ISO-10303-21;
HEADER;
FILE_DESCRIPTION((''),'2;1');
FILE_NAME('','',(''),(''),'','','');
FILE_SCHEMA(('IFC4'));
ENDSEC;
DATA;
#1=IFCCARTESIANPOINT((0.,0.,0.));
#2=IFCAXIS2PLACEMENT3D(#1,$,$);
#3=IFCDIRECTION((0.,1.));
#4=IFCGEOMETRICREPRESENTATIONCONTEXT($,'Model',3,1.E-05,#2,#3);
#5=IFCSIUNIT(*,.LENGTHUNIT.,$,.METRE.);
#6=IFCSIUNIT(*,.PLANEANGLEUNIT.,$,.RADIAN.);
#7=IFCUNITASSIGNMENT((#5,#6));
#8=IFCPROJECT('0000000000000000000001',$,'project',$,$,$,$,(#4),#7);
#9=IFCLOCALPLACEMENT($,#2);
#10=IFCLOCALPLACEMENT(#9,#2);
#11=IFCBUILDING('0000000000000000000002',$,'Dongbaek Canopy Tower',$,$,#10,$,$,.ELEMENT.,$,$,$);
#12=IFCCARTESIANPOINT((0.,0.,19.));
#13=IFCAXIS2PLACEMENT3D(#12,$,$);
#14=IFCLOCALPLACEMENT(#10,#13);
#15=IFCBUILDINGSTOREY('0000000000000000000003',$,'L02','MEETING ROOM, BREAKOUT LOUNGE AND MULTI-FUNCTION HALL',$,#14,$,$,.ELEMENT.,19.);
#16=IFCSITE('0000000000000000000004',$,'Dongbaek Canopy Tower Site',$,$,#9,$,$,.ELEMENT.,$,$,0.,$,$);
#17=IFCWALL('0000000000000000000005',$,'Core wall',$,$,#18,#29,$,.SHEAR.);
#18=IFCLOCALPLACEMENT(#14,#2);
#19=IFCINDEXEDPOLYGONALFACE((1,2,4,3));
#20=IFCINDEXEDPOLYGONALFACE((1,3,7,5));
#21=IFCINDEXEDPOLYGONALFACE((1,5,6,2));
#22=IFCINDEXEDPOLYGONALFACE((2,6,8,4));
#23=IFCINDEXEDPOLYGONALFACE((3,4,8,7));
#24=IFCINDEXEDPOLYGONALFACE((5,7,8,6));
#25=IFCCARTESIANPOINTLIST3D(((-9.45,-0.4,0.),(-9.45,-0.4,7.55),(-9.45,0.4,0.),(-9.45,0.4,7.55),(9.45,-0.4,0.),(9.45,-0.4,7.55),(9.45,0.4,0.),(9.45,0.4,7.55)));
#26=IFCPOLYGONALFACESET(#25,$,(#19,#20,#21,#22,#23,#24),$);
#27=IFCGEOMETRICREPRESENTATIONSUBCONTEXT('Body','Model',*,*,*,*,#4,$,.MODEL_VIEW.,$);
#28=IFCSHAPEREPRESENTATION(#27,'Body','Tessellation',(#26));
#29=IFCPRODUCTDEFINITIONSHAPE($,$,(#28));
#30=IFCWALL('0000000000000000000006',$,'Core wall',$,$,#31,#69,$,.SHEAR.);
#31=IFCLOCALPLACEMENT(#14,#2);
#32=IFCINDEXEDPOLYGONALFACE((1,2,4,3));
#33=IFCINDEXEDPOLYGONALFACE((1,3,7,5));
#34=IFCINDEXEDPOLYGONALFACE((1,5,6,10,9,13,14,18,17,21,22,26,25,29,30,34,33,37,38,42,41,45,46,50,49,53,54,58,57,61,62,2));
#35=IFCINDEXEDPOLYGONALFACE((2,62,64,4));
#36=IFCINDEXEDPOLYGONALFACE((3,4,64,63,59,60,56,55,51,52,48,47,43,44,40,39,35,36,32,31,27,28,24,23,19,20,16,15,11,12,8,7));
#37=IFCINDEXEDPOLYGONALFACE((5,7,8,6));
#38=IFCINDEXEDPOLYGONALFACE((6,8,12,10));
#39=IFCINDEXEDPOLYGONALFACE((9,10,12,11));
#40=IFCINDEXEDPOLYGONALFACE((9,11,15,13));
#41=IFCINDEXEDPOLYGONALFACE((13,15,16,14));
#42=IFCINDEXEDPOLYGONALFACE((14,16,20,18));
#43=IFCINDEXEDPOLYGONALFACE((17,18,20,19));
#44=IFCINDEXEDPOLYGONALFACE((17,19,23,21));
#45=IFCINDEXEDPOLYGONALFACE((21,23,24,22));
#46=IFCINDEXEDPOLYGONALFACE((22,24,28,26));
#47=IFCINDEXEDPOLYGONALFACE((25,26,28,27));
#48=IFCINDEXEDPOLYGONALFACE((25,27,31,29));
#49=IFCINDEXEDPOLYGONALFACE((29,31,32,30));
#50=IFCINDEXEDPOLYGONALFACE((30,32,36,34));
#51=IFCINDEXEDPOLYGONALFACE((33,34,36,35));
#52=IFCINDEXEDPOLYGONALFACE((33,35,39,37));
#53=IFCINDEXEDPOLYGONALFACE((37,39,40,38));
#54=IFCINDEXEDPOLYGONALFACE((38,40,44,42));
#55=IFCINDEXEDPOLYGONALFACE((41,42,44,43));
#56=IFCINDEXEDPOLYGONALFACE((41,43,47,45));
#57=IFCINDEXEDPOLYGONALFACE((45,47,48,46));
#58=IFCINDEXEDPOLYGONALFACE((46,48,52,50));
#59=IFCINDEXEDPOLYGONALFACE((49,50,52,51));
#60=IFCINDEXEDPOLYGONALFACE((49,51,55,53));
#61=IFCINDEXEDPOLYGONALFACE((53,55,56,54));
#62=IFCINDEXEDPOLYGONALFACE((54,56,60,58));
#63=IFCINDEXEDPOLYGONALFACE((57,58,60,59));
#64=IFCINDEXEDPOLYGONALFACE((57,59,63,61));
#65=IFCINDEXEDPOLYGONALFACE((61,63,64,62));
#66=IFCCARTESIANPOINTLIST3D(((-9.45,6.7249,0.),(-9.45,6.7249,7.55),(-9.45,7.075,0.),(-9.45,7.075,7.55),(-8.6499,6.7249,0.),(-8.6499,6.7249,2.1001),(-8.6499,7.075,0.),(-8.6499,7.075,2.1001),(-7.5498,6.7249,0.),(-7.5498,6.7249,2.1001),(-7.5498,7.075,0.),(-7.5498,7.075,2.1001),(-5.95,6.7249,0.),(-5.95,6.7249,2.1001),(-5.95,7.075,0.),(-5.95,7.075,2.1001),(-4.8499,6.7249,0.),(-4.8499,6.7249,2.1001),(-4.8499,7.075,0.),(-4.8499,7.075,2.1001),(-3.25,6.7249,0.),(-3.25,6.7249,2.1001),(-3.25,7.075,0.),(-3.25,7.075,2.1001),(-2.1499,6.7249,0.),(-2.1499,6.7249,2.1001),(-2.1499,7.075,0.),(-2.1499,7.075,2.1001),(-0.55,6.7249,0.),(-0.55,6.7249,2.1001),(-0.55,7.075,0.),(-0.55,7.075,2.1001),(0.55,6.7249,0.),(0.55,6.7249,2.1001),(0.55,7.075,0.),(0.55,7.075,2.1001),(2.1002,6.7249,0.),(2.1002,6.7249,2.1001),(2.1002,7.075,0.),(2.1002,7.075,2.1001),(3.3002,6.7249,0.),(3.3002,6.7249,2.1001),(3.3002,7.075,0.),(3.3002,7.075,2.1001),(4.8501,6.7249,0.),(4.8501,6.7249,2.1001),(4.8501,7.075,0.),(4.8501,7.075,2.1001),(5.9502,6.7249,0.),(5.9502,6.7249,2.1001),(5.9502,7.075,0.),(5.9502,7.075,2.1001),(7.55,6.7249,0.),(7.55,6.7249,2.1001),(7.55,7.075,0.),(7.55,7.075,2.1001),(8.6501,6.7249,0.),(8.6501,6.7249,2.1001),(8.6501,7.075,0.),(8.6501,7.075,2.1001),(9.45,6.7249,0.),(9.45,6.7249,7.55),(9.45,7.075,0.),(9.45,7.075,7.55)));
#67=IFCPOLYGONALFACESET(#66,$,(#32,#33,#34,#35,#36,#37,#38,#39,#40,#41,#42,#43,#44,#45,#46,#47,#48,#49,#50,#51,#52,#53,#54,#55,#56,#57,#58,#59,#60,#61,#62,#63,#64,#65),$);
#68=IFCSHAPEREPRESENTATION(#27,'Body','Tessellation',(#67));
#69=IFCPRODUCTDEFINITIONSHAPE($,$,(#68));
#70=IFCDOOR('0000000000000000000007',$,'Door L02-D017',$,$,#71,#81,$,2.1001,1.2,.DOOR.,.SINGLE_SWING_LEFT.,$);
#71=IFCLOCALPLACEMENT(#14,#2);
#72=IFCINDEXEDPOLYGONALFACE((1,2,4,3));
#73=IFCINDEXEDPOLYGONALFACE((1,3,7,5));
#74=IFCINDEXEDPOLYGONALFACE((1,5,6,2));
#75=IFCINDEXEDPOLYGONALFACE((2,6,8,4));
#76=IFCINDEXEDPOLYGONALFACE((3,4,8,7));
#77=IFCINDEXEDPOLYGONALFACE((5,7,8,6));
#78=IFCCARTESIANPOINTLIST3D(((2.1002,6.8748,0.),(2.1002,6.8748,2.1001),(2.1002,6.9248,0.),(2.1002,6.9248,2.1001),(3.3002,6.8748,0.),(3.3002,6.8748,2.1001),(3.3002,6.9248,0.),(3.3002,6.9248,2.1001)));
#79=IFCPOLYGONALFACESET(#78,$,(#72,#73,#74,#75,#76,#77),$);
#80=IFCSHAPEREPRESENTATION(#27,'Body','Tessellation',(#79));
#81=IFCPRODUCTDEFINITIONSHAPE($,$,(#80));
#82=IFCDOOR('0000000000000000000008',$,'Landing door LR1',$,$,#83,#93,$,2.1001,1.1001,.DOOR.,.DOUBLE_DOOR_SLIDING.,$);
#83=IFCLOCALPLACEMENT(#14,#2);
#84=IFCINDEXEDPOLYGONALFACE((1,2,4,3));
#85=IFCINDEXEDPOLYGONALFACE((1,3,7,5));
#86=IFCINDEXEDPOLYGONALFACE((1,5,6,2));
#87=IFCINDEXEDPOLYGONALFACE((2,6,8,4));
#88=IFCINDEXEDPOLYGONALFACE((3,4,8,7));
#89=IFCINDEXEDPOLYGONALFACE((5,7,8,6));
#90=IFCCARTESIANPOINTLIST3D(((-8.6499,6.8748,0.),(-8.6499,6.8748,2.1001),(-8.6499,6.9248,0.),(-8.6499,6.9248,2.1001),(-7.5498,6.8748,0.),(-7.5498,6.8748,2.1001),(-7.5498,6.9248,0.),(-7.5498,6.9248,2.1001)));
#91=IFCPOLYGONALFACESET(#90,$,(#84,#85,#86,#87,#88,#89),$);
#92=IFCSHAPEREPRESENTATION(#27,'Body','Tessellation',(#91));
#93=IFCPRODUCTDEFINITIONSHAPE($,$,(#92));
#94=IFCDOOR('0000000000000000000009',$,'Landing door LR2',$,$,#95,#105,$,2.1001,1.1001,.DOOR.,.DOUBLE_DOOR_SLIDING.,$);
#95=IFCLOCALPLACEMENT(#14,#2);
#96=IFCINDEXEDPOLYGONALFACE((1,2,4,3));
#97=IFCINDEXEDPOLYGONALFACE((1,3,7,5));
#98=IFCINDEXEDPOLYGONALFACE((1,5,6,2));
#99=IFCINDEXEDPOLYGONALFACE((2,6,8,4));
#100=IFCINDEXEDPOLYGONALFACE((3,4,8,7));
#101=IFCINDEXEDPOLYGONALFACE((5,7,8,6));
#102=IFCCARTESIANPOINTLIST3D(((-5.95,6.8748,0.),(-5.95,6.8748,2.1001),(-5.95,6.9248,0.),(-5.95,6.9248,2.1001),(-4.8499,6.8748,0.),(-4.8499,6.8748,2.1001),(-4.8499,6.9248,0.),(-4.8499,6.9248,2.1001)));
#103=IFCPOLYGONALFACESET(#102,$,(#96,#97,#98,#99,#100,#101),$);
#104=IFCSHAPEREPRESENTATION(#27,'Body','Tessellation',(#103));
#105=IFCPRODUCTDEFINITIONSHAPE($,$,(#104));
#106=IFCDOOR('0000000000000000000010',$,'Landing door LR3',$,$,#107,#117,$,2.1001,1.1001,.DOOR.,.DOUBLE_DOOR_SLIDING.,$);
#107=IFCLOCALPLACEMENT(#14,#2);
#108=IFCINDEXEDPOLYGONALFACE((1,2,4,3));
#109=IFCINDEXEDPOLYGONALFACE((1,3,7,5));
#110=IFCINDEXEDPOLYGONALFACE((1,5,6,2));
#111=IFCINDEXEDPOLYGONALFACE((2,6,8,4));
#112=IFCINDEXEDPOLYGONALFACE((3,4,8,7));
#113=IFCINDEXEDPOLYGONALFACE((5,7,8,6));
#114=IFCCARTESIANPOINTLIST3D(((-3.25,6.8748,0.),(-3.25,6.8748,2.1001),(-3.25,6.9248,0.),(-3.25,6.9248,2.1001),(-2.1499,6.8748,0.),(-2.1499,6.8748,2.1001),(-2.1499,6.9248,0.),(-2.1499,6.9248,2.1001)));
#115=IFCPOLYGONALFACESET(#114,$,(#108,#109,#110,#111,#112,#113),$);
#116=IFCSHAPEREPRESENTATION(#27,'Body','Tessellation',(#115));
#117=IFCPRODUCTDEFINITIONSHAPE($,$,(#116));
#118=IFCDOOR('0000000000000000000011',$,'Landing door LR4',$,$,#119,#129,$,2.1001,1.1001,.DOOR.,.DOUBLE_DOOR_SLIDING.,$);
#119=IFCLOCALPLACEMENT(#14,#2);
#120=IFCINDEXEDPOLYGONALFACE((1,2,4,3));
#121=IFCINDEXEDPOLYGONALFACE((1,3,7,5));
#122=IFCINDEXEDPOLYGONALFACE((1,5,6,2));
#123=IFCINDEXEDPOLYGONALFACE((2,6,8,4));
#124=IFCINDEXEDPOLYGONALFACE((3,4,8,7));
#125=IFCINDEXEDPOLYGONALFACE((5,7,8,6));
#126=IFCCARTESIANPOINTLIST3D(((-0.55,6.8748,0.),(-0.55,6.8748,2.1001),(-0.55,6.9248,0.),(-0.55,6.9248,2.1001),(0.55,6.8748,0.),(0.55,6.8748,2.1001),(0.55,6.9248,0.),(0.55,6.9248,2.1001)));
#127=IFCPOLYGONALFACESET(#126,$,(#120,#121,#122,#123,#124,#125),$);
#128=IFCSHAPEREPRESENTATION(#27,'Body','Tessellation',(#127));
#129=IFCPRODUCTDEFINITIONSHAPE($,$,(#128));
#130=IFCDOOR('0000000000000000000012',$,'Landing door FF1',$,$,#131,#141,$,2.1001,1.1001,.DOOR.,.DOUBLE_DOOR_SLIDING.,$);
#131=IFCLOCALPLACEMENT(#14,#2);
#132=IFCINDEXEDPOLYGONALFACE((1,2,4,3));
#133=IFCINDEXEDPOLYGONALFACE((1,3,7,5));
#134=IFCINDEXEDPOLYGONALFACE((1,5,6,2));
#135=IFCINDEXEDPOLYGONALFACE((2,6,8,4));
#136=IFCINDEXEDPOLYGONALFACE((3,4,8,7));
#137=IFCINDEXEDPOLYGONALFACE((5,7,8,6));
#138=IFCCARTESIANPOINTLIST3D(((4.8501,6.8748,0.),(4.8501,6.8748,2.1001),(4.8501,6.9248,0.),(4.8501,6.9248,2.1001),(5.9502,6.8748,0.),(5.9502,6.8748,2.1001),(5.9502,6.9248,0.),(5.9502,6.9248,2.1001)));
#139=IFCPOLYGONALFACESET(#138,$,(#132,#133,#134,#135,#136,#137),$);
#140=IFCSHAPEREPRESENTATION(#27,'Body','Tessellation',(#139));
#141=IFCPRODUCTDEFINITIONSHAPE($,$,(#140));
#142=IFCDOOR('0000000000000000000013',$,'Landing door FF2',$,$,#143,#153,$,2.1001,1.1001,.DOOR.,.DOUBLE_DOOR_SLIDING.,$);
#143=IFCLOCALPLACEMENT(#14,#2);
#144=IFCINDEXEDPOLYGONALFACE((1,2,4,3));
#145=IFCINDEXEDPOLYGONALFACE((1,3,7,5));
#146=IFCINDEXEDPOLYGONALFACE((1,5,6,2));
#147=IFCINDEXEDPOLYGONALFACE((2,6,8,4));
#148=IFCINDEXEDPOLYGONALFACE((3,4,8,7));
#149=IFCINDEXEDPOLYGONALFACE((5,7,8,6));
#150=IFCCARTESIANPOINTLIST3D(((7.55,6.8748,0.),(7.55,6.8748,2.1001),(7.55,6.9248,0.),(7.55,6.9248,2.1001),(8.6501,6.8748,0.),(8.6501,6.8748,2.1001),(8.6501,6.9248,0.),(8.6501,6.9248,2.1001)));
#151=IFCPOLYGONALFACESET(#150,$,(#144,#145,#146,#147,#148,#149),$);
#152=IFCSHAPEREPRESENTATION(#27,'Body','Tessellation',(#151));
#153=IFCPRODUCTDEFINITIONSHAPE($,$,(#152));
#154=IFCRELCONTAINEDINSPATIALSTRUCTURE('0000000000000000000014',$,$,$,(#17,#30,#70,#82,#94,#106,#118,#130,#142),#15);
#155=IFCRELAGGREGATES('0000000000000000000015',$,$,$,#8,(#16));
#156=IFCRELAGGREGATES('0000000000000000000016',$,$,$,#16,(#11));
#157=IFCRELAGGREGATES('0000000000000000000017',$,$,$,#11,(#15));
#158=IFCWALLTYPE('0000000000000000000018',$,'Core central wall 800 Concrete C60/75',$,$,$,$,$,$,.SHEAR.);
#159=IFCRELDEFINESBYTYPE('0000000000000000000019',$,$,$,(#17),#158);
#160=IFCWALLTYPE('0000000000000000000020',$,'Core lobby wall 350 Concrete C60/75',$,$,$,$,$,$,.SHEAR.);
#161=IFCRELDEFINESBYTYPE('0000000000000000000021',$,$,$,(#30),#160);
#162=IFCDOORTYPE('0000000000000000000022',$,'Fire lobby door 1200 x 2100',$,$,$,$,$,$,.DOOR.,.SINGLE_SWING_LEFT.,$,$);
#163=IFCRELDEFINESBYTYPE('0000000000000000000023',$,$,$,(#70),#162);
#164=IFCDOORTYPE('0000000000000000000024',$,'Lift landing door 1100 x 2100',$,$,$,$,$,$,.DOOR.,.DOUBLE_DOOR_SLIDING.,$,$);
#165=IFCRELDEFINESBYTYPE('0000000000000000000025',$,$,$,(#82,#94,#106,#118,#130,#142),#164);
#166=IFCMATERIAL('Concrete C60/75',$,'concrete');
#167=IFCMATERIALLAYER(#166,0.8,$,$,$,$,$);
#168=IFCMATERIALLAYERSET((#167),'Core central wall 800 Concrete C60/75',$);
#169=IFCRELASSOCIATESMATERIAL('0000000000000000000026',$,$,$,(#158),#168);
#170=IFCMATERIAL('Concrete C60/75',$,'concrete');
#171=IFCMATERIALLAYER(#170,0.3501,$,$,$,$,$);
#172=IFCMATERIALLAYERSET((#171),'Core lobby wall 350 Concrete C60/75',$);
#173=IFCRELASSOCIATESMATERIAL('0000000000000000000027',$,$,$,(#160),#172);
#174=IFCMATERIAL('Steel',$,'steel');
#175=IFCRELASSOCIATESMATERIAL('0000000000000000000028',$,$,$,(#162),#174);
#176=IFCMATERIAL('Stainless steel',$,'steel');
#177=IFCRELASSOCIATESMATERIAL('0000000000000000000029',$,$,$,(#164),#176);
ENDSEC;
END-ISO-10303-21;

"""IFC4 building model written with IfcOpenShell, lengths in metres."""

from ifc_helpers import new_model, si_unit, direction, frame, frame_2d, origin, place, context, subcontext, project, spatial, rectangle, extrude, material, layer, layer_set, type_object, element, fill, save


model = new_model("IFC4")

# Units and contexts
model_context = context("Model", 3, precision=1e-05, world=origin(), true_north=direction((0.0, 1.0)))
body_context = subcontext(model_context, "Body", "Model", "MODEL_VIEW")
ifc_project = project(units=[si_unit("LENGTHUNIT", "METRE"), si_unit("PLANEANGLEUNIT", "RADIAN")], contexts=[model_context])

# Site, building, storey
site_placement = place(None, origin())
site = spatial("IfcSite", under=ifc_project, at=site_placement, Name="Dongbaek Canopy Tower Site", CompositionType="ELEMENT", RefElevation=0.0)
building_placement = place(site_placement, origin())
building = spatial("IfcBuilding", under=site, at=building_placement, Name="Dongbaek Canopy Tower", CompositionType="ELEMENT")
storey_placement = place(building_placement, frame((0.0, 0.0, 19.0)))
storey = spatial("IfcBuildingStorey", under=building, at=storey_placement, Name="L02", Description="MEETING ROOM, BREAKOUT LOUNGE AND MULTI-FUNCTION HALL", CompositionType="ELEMENT", Elevation=19.0)

# Wall
ifc_material_1 = material(Name="Concrete C60/75", Category="concrete")
ifc_layer_1 = layer(ifc_material_1, 0.8)
ifc_layer_set_1 = layer_set([ifc_layer_1], Name="Core central wall 800 Concrete C60/75")
wall_type_1 = type_object("IfcWallType", Name="Core central wall 800 Concrete C60/75", PredefinedType="SHEAR", material=ifc_layer_set_1)
wall_1_placement = place(storey_placement, frame((-9.45, 0.0, 0.0), z_axis=(0.0, 0.0, 1.0), x_axis=(1.0, 0.0, 0.0)))
element("IfcWall", 1, at=wall_1_placement, inside=storey, type_object=wall_type_1, Name="Core wall", PredefinedType="SHEAR", context=body_context, shape_type="SweptSolid", body=[
    extrude(rectangle(XDim=18.8999, YDim=0.8, at=frame_2d((9.45, 0.0))), origin(), (0.0, 0.0, 1.0), 7.55),
])

# Wall, openings, doors
ifc_material_2 = material(Name="Concrete C60/75", Category="concrete")
ifc_layer_2 = layer(ifc_material_2, 0.3501)
ifc_layer_set_2 = layer_set([ifc_layer_2], Name="Core lobby wall 350 Concrete C60/75")
wall_type_2 = type_object("IfcWallType", Name="Core lobby wall 350 Concrete C60/75", PredefinedType="SHEAR", material=ifc_layer_set_2)
wall_2_placement = place(storey_placement, frame((-9.45, 6.8999, 0.0), z_axis=(0.0, 0.0, 1.0), x_axis=(1.0, 0.0, 0.0)))
wall_2 = element("IfcWall", 2, at=wall_2_placement, inside=storey, type_object=wall_type_2, Name="Core wall", PredefinedType="SHEAR", context=body_context, shape_type="SweptSolid", body=[
    extrude(rectangle(XDim=18.8999, YDim=0.3501, at=frame_2d((9.45, 0.0))), origin(), (0.0, 0.0, 1.0), 7.55),
])
opening_1_placement = place(wall_2_placement, frame((0.8, 0.0, 0.0)))
opening_1 = element("IfcOpeningElement", 3, at=opening_1_placement, cuts=wall_2, PredefinedType="OPENING", context=body_context, shape_type="SweptSolid", body=[
    extrude(rectangle(XDim=1.1001, YDim=2.1001, at=frame_2d((0.55, 1.05))), frame((0.0, 0.1851, 0.0), z_axis=(0.0, -1.0, 0.0), x_axis=(1.0, 0.0, 0.0)), (0.0, 0.0, 1.0), 0.3701),
])
opening_2_placement = place(wall_2_placement, frame((3.5, 0.0, 0.0)))
opening_2 = element("IfcOpeningElement", 4, at=opening_2_placement, cuts=wall_2, PredefinedType="OPENING", context=body_context, shape_type="SweptSolid", body=[
    extrude(rectangle(XDim=1.1001, YDim=2.1001, at=frame_2d((0.55, 1.05))), frame((0.0, 0.1851, 0.0), z_axis=(0.0, -1.0, 0.0), x_axis=(1.0, 0.0, 0.0)), (0.0, 0.0, 1.0), 0.3701),
])
opening_3_placement = place(wall_2_placement, frame((6.2, 0.0, 0.0)))
opening_3 = element("IfcOpeningElement", 5, at=opening_3_placement, cuts=wall_2, PredefinedType="OPENING", context=body_context, shape_type="SweptSolid", body=[
    extrude(rectangle(XDim=1.1001, YDim=2.1001, at=frame_2d((0.55, 1.05))), frame((0.0, 0.1851, 0.0), z_axis=(0.0, -1.0, 0.0), x_axis=(1.0, 0.0, 0.0)), (0.0, 0.0, 1.0), 0.3701),
])
opening_4_placement = place(wall_2_placement, frame((8.8999, 0.0, 0.0)))
opening_4 = element("IfcOpeningElement", 6, at=opening_4_placement, cuts=wall_2, PredefinedType="OPENING", context=body_context, shape_type="SweptSolid", body=[
    extrude(rectangle(XDim=1.1001, YDim=2.1001, at=frame_2d((0.55, 1.05))), frame((0.0, 0.1851, 0.0), z_axis=(0.0, -1.0, 0.0), x_axis=(1.0, 0.0, 0.0)), (0.0, 0.0, 1.0), 0.3701),
])
opening_5_placement = place(wall_2_placement, frame((11.55, 0.0, 0.0)))
opening_5 = element("IfcOpeningElement", 7, at=opening_5_placement, cuts=wall_2, PredefinedType="OPENING", context=body_context, shape_type="SweptSolid", body=[
    extrude(rectangle(XDim=1.2, YDim=2.1001, at=frame_2d((0.6001, 1.05))), frame((0.0, 0.1851, 0.0), z_axis=(0.0, -1.0, 0.0), x_axis=(1.0, 0.0, 0.0)), (0.0, 0.0, 1.0), 0.3701),
])
opening_6_placement = place(wall_2_placement, frame((14.3, 0.0, 0.0)))
opening_6 = element("IfcOpeningElement", 8, at=opening_6_placement, cuts=wall_2, PredefinedType="OPENING", context=body_context, shape_type="SweptSolid", body=[
    extrude(rectangle(XDim=1.1001, YDim=2.1001, at=frame_2d((0.55, 1.05))), frame((0.0, 0.1851, 0.0), z_axis=(0.0, -1.0, 0.0), x_axis=(1.0, 0.0, 0.0)), (0.0, 0.0, 1.0), 0.3701),
])
opening_7_placement = place(wall_2_placement, frame((17.0, 0.0, 0.0)))
opening_7 = element("IfcOpeningElement", 9, at=opening_7_placement, cuts=wall_2, PredefinedType="OPENING", context=body_context, shape_type="SweptSolid", body=[
    extrude(rectangle(XDim=1.1001, YDim=2.1001, at=frame_2d((0.55, 1.05))), frame((0.0, 0.1851, 0.0), z_axis=(0.0, -1.0, 0.0), x_axis=(1.0, 0.0, 0.0)), (0.0, 0.0, 1.0), 0.3701),
])
ifc_material_3 = material(Name="Steel", Category="steel")
door_type_1 = type_object("IfcDoorType", Name="Fire lobby door 1200 x 2100", OperationType="SINGLE_SWING_LEFT", PredefinedType="DOOR", material=ifc_material_3)
door_1_placement = place(opening_5_placement, origin())
door_1 = element("IfcDoor", 10, at=door_1_placement, inside=storey, type_object=door_type_1, Name="Door L02-D017", OperationType="SINGLE_SWING_LEFT", OverallHeight=2.1001, OverallWidth=1.2, PredefinedType="DOOR", context=body_context, shape_type="SweptSolid", body=[
    extrude(rectangle(XDim=1.2, YDim=2.1001, at=frame_2d((0.6001, 1.05))), frame((0.0, 0.0249, 0.0), z_axis=(0.0, -1.0, 0.0), x_axis=(1.0, 0.0, 0.0)), (0.0, 0.0, 1.0), 0.05),
])
fill(opening_5, door_1)
ifc_material_4 = material(Name="Stainless steel", Category="steel")
door_type_2 = type_object("IfcDoorType", Name="Lift landing door 1100 x 2100", OperationType="DOUBLE_DOOR_SLIDING", PredefinedType="DOOR", material=ifc_material_4)
door_2_placement = place(opening_1_placement, origin())
door_2 = element("IfcDoor", 11, at=door_2_placement, inside=storey, type_object=door_type_2, Name="Landing door LR1", OperationType="DOUBLE_DOOR_SLIDING", OverallHeight=2.1001, OverallWidth=1.1001, PredefinedType="DOOR", context=body_context, shape_type="SweptSolid", body=[
    extrude(rectangle(XDim=1.1001, YDim=2.1001, at=frame_2d((0.55, 1.05))), frame((0.0, 0.0249, 0.0), z_axis=(0.0, -1.0, 0.0), x_axis=(1.0, 0.0, 0.0)), (0.0, 0.0, 1.0), 0.05),
])
fill(opening_1, door_2)
door_3_placement = place(opening_2_placement, origin())
door_3 = element("IfcDoor", 12, at=door_3_placement, inside=storey, type_object=door_type_2, Name="Landing door LR2", OperationType="DOUBLE_DOOR_SLIDING", OverallHeight=2.1001, OverallWidth=1.1001, PredefinedType="DOOR", context=body_context, shape_type="SweptSolid", body=[
    extrude(rectangle(XDim=1.1001, YDim=2.1001, at=frame_2d((0.55, 1.05))), frame((0.0, 0.0249, 0.0), z_axis=(0.0, -1.0, 0.0), x_axis=(1.0, 0.0, 0.0)), (0.0, 0.0, 1.0), 0.05),
])
fill(opening_2, door_3)
door_4_placement = place(opening_3_placement, origin())
door_4 = element("IfcDoor", 13, at=door_4_placement, inside=storey, type_object=door_type_2, Name="Landing door LR3", OperationType="DOUBLE_DOOR_SLIDING", OverallHeight=2.1001, OverallWidth=1.1001, PredefinedType="DOOR", context=body_context, shape_type="SweptSolid", body=[
    extrude(rectangle(XDim=1.1001, YDim=2.1001, at=frame_2d((0.55, 1.05))), frame((0.0, 0.0249, 0.0), z_axis=(0.0, -1.0, 0.0), x_axis=(1.0, 0.0, 0.0)), (0.0, 0.0, 1.0), 0.05),
])
fill(opening_3, door_4)
door_5_placement = place(opening_4_placement, origin())
door_5 = element("IfcDoor", 14, at=door_5_placement, inside=storey, type_object=door_type_2, Name="Landing door LR4", OperationType="DOUBLE_DOOR_SLIDING", OverallHeight=2.1001, OverallWidth=1.1001, PredefinedType="DOOR", context=body_context, shape_type="SweptSolid", body=[
    extrude(rectangle(XDim=1.1001, YDim=2.1001, at=frame_2d((0.55, 1.05))), frame((0.0, 0.0249, 0.0), z_axis=(0.0, -1.0, 0.0), x_axis=(1.0, 0.0, 0.0)), (0.0, 0.0, 1.0), 0.05),
])
fill(opening_4, door_5)
door_6_placement = place(opening_6_placement, origin())
door_6 = element("IfcDoor", 15, at=door_6_placement, inside=storey, type_object=door_type_2, Name="Landing door FF1", OperationType="DOUBLE_DOOR_SLIDING", OverallHeight=2.1001, OverallWidth=1.1001, PredefinedType="DOOR", context=body_context, shape_type="SweptSolid", body=[
    extrude(rectangle(XDim=1.1001, YDim=2.1001, at=frame_2d((0.55, 1.05))), frame((0.0, 0.0249, 0.0), z_axis=(0.0, -1.0, 0.0), x_axis=(1.0, 0.0, 0.0)), (0.0, 0.0, 1.0), 0.05),
])
fill(opening_6, door_6)
door_7_placement = place(opening_7_placement, origin())
door_7 = element("IfcDoor", 16, at=door_7_placement, inside=storey, type_object=door_type_2, Name="Landing door FF2", OperationType="DOUBLE_DOOR_SLIDING", OverallHeight=2.1001, OverallWidth=1.1001, PredefinedType="DOOR", context=body_context, shape_type="SweptSolid", body=[
    extrude(rectangle(XDim=1.1001, YDim=2.1001, at=frame_2d((0.55, 1.05))), frame((0.0, 0.0249, 0.0), z_axis=(0.0, -1.0, 0.0), x_axis=(1.0, 0.0, 0.0)), (0.0, 0.0, 1.0), 0.05),
])
fill(opening_7, door_7)

save(model, "model.ifc")
